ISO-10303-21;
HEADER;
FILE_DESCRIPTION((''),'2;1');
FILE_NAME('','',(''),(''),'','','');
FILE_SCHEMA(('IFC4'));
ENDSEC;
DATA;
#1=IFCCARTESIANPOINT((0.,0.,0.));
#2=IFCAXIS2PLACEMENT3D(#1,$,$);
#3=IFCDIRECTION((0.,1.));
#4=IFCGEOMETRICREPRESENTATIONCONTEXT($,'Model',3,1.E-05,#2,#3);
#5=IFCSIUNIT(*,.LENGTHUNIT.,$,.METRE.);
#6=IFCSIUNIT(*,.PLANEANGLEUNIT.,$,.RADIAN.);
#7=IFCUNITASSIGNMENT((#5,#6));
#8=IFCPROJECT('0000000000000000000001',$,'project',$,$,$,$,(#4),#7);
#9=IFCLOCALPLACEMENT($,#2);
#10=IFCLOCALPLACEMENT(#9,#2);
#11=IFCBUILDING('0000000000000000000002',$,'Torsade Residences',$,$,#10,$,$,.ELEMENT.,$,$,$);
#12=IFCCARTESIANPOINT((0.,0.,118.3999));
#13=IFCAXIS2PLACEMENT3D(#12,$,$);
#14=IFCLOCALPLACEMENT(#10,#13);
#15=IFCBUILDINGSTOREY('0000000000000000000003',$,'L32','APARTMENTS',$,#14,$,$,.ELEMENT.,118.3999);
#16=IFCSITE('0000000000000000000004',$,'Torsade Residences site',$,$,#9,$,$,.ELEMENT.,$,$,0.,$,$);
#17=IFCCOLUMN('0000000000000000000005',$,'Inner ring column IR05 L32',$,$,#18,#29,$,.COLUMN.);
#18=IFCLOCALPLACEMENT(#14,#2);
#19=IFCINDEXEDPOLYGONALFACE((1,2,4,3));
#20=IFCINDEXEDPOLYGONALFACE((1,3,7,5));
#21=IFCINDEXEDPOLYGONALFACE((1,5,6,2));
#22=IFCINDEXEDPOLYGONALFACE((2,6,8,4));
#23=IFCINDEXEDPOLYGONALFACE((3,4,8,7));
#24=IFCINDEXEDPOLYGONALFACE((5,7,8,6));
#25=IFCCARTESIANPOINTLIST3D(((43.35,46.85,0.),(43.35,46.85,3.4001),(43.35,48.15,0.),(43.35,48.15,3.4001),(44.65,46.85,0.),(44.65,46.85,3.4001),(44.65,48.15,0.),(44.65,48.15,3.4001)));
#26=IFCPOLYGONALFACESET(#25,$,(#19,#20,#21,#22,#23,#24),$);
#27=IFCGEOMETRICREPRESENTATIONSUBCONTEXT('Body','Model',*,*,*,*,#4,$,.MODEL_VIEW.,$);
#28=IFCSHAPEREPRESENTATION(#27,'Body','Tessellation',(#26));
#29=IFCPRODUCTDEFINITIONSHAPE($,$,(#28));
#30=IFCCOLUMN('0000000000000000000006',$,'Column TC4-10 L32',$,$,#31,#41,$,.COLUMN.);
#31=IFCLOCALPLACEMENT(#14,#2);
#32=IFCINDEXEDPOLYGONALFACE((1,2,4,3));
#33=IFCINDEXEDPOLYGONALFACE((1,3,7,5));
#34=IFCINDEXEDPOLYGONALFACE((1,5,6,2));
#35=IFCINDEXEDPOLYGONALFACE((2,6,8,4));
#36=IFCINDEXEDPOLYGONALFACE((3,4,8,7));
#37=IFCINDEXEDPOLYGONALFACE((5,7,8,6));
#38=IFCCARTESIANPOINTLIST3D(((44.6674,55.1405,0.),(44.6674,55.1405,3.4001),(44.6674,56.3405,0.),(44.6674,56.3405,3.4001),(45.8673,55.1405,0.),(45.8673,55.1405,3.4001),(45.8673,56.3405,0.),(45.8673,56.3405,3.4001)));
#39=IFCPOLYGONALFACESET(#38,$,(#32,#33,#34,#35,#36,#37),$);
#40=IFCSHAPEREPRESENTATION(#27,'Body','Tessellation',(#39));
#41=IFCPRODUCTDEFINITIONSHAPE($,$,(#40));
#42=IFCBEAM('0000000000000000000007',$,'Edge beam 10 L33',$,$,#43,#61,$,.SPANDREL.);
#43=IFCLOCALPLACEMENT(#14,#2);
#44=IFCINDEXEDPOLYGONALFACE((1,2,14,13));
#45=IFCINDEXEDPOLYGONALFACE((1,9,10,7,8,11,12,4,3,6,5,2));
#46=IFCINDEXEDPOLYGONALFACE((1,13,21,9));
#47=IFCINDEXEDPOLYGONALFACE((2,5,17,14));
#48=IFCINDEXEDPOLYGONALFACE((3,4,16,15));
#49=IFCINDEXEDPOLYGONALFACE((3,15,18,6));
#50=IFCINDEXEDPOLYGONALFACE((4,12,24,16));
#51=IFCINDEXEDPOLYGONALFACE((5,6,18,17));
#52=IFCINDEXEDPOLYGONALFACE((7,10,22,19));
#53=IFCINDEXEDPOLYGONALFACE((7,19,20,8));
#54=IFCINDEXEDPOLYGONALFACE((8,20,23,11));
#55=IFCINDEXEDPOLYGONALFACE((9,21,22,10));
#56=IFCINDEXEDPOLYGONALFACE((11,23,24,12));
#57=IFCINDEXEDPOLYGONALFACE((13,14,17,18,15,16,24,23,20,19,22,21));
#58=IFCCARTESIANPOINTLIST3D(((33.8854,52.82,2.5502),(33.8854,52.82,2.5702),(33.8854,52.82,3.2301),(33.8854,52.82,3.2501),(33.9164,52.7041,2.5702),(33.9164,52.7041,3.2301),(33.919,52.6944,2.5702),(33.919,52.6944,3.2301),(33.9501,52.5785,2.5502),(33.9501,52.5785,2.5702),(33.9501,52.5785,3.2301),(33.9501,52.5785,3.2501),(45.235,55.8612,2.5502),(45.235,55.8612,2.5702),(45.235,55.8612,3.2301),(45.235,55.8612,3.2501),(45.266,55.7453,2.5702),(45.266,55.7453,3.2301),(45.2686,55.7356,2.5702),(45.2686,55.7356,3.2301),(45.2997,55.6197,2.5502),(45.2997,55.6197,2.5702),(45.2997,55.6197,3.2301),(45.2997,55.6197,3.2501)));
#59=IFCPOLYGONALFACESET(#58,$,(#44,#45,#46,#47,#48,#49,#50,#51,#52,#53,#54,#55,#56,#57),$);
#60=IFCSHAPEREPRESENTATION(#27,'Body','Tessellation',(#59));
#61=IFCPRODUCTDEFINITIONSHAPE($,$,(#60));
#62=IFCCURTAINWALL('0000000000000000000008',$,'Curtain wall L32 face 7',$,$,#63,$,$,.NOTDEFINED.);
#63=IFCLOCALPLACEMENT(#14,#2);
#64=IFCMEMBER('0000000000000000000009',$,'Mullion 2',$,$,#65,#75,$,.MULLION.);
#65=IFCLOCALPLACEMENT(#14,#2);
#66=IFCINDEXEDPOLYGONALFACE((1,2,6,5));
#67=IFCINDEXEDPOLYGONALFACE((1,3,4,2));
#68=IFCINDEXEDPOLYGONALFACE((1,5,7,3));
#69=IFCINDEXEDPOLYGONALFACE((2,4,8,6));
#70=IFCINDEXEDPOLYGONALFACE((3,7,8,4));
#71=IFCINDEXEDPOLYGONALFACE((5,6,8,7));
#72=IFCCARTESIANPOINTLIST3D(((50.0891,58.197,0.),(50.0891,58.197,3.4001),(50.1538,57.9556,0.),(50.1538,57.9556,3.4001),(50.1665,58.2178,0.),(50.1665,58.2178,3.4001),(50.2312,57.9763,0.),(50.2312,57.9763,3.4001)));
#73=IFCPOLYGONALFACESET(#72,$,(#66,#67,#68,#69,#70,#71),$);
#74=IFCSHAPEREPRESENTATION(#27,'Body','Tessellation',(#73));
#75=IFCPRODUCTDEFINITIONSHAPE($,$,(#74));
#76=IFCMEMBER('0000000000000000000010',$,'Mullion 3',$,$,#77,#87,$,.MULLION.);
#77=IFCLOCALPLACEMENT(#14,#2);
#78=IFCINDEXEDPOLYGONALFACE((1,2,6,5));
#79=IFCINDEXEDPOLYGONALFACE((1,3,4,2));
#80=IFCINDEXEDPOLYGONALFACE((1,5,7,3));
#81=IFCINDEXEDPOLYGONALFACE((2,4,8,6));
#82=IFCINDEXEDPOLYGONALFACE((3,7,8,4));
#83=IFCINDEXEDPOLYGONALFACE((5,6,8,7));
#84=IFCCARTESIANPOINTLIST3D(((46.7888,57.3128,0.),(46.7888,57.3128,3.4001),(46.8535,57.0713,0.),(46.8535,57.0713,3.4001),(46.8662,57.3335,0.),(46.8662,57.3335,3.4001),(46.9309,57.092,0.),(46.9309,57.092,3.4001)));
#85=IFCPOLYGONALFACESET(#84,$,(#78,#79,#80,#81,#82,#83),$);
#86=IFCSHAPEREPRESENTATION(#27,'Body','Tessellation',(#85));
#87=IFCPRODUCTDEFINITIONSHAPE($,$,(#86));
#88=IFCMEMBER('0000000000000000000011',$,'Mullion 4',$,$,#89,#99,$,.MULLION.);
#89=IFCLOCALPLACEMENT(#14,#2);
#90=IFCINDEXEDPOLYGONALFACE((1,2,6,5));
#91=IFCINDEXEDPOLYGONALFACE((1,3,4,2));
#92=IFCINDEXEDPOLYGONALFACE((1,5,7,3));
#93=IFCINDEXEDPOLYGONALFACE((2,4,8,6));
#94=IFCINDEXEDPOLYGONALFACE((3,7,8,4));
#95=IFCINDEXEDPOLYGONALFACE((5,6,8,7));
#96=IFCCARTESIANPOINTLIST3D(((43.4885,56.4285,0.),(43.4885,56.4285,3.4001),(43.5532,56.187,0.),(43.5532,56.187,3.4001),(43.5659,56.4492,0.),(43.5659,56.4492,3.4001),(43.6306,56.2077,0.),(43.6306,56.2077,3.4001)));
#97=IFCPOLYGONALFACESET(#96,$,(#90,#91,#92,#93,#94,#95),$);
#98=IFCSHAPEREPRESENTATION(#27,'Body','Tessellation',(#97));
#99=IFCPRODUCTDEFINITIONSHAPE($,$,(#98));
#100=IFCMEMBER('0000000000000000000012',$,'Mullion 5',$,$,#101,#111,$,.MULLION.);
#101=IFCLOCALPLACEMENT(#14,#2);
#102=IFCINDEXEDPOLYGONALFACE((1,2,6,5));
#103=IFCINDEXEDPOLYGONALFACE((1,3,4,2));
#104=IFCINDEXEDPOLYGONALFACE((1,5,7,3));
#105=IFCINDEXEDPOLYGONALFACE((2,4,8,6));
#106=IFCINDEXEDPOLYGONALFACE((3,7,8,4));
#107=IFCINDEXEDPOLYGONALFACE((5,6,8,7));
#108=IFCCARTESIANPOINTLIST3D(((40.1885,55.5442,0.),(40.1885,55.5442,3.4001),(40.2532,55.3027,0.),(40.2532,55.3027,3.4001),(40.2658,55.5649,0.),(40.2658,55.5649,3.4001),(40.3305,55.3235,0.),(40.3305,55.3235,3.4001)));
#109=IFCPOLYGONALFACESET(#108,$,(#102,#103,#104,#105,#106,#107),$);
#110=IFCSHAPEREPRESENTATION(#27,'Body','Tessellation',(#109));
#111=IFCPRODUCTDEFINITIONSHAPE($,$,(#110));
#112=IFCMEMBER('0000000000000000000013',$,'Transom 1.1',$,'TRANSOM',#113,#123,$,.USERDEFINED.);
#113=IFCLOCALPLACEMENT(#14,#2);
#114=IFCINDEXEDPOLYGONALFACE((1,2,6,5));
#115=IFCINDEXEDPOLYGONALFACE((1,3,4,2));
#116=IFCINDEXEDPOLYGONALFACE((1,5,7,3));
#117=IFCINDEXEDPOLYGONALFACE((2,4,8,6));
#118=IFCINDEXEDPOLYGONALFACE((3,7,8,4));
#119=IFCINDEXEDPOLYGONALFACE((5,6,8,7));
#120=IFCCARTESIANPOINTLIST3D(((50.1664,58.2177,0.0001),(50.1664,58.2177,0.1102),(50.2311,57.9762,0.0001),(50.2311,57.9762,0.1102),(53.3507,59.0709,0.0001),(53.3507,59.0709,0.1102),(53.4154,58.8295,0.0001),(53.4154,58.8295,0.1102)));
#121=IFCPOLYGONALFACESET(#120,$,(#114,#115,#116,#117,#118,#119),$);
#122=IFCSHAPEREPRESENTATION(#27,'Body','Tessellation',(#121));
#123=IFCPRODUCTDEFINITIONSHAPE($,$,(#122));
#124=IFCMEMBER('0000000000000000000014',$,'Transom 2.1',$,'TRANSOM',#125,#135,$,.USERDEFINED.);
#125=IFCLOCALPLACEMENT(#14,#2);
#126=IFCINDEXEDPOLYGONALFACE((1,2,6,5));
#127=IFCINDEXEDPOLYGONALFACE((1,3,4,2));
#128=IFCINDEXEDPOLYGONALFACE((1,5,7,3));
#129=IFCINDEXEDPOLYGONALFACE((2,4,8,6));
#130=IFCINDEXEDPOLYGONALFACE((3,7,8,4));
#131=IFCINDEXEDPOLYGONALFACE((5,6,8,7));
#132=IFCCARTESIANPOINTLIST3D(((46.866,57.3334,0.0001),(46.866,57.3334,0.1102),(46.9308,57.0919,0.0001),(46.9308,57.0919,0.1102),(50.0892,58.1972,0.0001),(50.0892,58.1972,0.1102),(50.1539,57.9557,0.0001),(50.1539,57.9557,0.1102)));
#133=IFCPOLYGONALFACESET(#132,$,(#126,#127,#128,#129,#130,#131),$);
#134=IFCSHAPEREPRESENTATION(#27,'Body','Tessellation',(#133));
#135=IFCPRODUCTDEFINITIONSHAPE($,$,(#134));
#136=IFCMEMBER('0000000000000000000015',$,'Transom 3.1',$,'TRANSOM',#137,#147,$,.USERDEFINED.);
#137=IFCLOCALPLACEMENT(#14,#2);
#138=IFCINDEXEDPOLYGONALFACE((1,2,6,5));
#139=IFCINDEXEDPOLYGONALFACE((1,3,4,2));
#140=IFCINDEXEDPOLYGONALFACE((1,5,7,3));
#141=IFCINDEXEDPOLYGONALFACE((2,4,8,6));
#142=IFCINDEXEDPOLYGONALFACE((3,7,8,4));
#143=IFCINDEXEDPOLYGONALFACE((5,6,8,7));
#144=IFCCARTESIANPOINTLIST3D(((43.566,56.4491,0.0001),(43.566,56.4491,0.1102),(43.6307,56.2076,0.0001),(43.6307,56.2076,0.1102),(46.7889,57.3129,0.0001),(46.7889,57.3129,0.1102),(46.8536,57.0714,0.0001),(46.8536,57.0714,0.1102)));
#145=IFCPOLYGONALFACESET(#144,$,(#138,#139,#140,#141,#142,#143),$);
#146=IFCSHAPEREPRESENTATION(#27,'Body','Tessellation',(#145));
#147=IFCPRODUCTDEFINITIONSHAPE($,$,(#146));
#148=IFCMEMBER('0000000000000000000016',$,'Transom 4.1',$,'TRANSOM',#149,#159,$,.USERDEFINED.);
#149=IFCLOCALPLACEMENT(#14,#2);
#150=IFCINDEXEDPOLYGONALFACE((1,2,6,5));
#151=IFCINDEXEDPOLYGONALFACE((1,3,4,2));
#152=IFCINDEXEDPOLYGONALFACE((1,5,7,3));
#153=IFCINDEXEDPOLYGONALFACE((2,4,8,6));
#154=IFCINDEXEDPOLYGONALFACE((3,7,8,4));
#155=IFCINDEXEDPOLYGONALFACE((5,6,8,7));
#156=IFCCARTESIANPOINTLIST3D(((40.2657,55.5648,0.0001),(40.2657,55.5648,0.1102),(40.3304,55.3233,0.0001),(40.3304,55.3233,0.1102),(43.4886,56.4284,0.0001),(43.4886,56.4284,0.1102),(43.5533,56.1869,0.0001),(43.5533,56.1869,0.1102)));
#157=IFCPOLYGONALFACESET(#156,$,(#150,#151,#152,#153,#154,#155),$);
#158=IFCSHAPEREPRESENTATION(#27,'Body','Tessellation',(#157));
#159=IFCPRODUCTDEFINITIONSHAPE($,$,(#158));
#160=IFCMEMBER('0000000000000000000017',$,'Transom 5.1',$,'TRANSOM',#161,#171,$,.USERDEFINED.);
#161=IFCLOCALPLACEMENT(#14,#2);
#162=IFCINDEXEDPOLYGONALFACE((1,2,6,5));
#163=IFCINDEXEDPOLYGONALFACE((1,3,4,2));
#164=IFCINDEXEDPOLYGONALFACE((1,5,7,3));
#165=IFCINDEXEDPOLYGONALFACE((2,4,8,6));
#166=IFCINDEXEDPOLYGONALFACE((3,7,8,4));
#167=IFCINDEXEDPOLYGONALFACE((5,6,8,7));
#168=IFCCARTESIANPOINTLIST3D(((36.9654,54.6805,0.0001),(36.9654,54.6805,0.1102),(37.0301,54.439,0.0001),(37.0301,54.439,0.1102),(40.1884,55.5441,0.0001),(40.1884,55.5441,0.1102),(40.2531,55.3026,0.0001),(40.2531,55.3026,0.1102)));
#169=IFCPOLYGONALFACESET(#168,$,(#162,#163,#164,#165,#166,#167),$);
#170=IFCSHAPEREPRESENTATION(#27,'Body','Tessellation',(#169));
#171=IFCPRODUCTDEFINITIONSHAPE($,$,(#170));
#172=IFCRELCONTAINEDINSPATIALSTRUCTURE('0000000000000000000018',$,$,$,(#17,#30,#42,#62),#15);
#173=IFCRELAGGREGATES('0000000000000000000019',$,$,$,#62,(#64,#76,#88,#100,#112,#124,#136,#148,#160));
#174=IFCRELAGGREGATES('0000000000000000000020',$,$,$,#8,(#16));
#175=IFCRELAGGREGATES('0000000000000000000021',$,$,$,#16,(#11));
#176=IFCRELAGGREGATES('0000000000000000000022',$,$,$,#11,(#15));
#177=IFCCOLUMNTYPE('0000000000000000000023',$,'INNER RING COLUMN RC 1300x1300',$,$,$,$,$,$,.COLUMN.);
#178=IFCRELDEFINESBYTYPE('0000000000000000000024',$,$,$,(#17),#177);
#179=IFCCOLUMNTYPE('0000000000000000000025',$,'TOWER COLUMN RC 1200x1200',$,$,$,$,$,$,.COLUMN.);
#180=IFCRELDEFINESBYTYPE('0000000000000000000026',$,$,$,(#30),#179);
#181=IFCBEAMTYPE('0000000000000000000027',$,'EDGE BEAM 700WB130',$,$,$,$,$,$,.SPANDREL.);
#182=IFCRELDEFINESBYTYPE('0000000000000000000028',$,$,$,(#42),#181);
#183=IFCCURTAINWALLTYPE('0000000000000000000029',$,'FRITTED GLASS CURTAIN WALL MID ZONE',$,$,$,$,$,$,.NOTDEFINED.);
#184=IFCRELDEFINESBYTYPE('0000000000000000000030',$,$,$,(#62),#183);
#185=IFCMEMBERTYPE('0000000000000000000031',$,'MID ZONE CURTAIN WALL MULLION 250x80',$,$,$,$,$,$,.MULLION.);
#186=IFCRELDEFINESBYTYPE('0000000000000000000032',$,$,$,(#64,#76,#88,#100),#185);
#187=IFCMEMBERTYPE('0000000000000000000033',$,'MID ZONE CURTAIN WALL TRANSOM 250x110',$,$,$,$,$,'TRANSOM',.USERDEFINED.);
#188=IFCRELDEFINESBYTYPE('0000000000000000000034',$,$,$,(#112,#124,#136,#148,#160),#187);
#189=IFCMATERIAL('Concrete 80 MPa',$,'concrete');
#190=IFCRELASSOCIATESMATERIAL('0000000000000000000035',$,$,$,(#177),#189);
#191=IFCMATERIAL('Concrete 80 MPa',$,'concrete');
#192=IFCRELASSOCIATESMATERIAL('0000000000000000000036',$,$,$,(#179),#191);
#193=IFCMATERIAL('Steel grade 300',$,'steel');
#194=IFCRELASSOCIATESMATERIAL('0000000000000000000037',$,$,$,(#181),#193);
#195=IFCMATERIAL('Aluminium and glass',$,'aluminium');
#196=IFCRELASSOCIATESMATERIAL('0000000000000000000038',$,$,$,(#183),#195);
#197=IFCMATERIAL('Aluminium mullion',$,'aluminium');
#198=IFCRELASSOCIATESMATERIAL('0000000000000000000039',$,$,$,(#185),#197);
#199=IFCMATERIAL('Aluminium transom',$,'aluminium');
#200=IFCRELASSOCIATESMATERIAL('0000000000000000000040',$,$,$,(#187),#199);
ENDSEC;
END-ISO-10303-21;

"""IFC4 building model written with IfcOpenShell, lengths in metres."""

from ifc_helpers import new_model, si_unit, direction, frame, origin, origin_2d, place, context, subcontext, project, spatial, rectangle, i_section, extrude, material, material_profile, profile_set, type_object, element, aggregate, save


model = new_model("IFC4")

# Units and contexts
model_context = context("Model", 3, precision=1e-05, world=origin(), true_north=direction((0.0, 1.0)))
body_context = subcontext(model_context, "Body", "Model", "MODEL_VIEW")
ifc_project = project(units=[si_unit("LENGTHUNIT", "METRE"), si_unit("PLANEANGLEUNIT", "RADIAN")], contexts=[model_context])

# Site, building, storey
site_placement = place(None, origin())
site = spatial("IfcSite", under=ifc_project, at=site_placement, Name="Torsade Residences site", CompositionType="ELEMENT", RefElevation=0.0)
building_placement = place(site_placement, origin())
building = spatial("IfcBuilding", under=site, at=building_placement, Name="Torsade Residences", CompositionType="ELEMENT")
storey_placement = place(building_placement, frame((0.0, 0.0, 118.3999)))
storey = spatial("IfcBuildingStorey", under=building, at=storey_placement, Name="L32", Description="APARTMENTS", CompositionType="ELEMENT", Elevation=118.3999)

# Columns
ifc_material_1 = material(Name="Concrete 80 MPa", Category="concrete")
ifc_material_profile_1 = material_profile(ifc_material_1, rectangle(XDim=1.3, YDim=1.3, at=origin_2d()), Name="RC 1300x1300")
ifc_profile_set_1 = profile_set([ifc_material_profile_1], Name="Concrete 80 MPa")
column_type_1 = type_object("IfcColumnType", Name="INNER RING COLUMN RC 1300x1300", PredefinedType="COLUMN", material=ifc_profile_set_1)
column_1_placement = place(storey_placement, frame((44.0, 47.5, 0.0), z_axis=(0.0, 0.0, 1.0), x_axis=(1.0, 0.0, 0.0)))
element("IfcColumn", 1, at=column_1_placement, inside=storey, type_object=column_type_1, Name="Inner ring column IR05 L32", PredefinedType="COLUMN", context=body_context, shape_type="SweptSolid", body=[
    extrude(rectangle(XDim=1.3, YDim=1.3, at=origin_2d()), origin(), (0.0, 0.0, 1.0), 3.4001),
])
ifc_material_2 = material(Name="Concrete 80 MPa", Category="concrete")
ifc_material_profile_2 = material_profile(ifc_material_2, rectangle(XDim=1.2, YDim=1.2, at=origin_2d()), Name="RC 1200x1200")
ifc_profile_set_2 = profile_set([ifc_material_profile_2], Name="Concrete 80 MPa")
column_type_2 = type_object("IfcColumnType", Name="TOWER COLUMN RC 1200x1200", PredefinedType="COLUMN", material=ifc_profile_set_2)
column_2_placement = place(storey_placement, frame((45.2673, 55.7405, 0.0), z_axis=(0.0, 0.0, 1.0), x_axis=(1.0, 0.0, 0.0)))
element("IfcColumn", 2, at=column_2_placement, inside=storey, type_object=column_type_2, Name="Column TC4-10 L32", PredefinedType="COLUMN", context=body_context, shape_type="SweptSolid", body=[
    extrude(rectangle(XDim=1.2, YDim=1.2, at=origin_2d()), origin(), (0.0, 0.0, 1.0), 3.4001),
])

# Beam
ifc_material_3 = material(Name="Steel grade 300", Category="steel")
ifc_material_profile_3 = material_profile(ifc_material_3, i_section(OverallWidth=0.25, OverallDepth=0.7, WebThickness=0.01, FlangeThickness=0.02, at=origin_2d()), Name="700WB130")
ifc_profile_set_3 = profile_set([ifc_material_profile_3], Name="Steel grade 300")
beam_type_1 = type_object("IfcBeamType", Name="EDGE BEAM 700WB130", PredefinedType="SPANDREL", material=ifc_profile_set_3)
beam_1_placement = place(storey_placement, frame((45.2673, 55.7405, 2.9001), z_axis=(-0.965923, -0.25883, 0.0), x_axis=(0.25883, -0.965923, 0.0)))
element("IfcBeam", 3, at=beam_1_placement, inside=storey, type_object=beam_type_1, Name="Edge beam 10 L33", PredefinedType="SPANDREL", context=body_context, shape_type="SweptSolid", body=[
    extrude(i_section(OverallWidth=0.25, OverallDepth=0.7, WebThickness=0.01, FlangeThickness=0.02, at=origin_2d()), origin(), (0.0, 0.0, 1.0), 11.75),
])

# Curtain wall, members
ifc_material_4 = material(Name="Aluminium and glass", Category="aluminium")
curtain_wall_type = type_object("IfcCurtainWallType", Name="FRITTED GLASS CURTAIN WALL MID ZONE", PredefinedType="NOTDEFINED", material=ifc_material_4)
curtain_wall_placement = place(storey_placement, origin())
curtain_wall = element("IfcCurtainWall", 4, at=curtain_wall_placement, inside=storey, type_object=curtain_wall_type, Name="Curtain wall L32 face 7", PredefinedType="NOTDEFINED")
ifc_material_5 = material(Name="Aluminium mullion", Category="aluminium")
ifc_material_profile_4 = material_profile(ifc_material_5, rectangle(XDim=0.25, YDim=0.0801, at=origin_2d()), Name="MID ZONE CURTAIN WALL MULLION 250x80")
ifc_profile_set_4 = profile_set([ifc_material_profile_4], Name="Aluminium mullion")
member_type_1 = type_object("IfcMemberType", Name="MID ZONE CURTAIN WALL MULLION 250x80", PredefinedType="MULLION", material=ifc_profile_set_4)
member_1_placement = place(storey_placement, frame((50.1602, 58.0867, 0.0), z_axis=(0.0, 0.0, 1.0), x_axis=(0.258819, -0.965926, 0.0)))
member_1 = element("IfcMember", 5, at=member_1_placement, type_object=member_type_1, Name="Mullion 2", PredefinedType="MULLION", context=body_context, shape_type="SweptSolid", body=[
    extrude(rectangle(XDim=0.25, YDim=0.0801, at=origin_2d()), origin(), (0.0, 0.0, 1.0), 3.4001),
])
member_2_placement = place(storey_placement, frame((46.8599, 57.2024, 0.0), z_axis=(0.0, 0.0, 1.0), x_axis=(0.258819, -0.965926, 0.0)))
member_2 = element("IfcMember", 6, at=member_2_placement, type_object=member_type_1, Name="Mullion 3", PredefinedType="MULLION", context=body_context, shape_type="SweptSolid", body=[
    extrude(rectangle(XDim=0.25, YDim=0.0801, at=origin_2d()), origin(), (0.0, 0.0, 1.0), 3.4001),
])
member_3_placement = place(storey_placement, frame((43.5596, 56.3181, 0.0), z_axis=(0.0, 0.0, 1.0), x_axis=(0.258819, -0.965926, 0.0)))
member_3 = element("IfcMember", 7, at=member_3_placement, type_object=member_type_1, Name="Mullion 4", PredefinedType="MULLION", context=body_context, shape_type="SweptSolid", body=[
    extrude(rectangle(XDim=0.25, YDim=0.0801, at=origin_2d()), origin(), (0.0, 0.0, 1.0), 3.4001),
])
member_4_placement = place(storey_placement, frame((40.2595, 55.4338, 0.0), z_axis=(0.0, 0.0, 1.0), x_axis=(0.258819, -0.965926, 0.0)))
member_4 = element("IfcMember", 8, at=member_4_placement, type_object=member_type_1, Name="Mullion 5", PredefinedType="MULLION", context=body_context, shape_type="SweptSolid", body=[
    extrude(rectangle(XDim=0.25, YDim=0.0801, at=origin_2d()), origin(), (0.0, 0.0, 1.0), 3.4001),
])
ifc_material_6 = material(Name="Aluminium transom", Category="aluminium")
ifc_material_profile_5 = material_profile(ifc_material_6, rectangle(XDim=0.25, YDim=0.1101, at=origin_2d()), Name="MID ZONE CURTAIN WALL TRANSOM 250x110")
ifc_profile_set_5 = profile_set([ifc_material_profile_5], Name="Aluminium transom")
member_type_2 = type_object("IfcMemberType", Name="MID ZONE CURTAIN WALL TRANSOM 250x110", ElementType="TRANSOM", PredefinedType="USERDEFINED", material=ifc_profile_set_5)
member_5_placement = place(storey_placement, frame((53.3831, 58.9502, 0.0552), z_axis=(-0.965923, -0.258829, 0.0), x_axis=(0.258829, -0.965923, 0.0)))
member_5 = element("IfcMember", 9, at=member_5_placement, type_object=member_type_2, Name="Transom 1.1", ObjectType="TRANSOM", PredefinedType="USERDEFINED", context=body_context, shape_type="SweptSolid", body=[
    extrude(rectangle(XDim=0.25, YDim=0.1101, at=origin_2d()), origin(), (0.0, 0.0, 1.0), 3.2966),
])
member_6_placement = place(storey_placement, frame((50.1216, 58.0764, 0.0552), z_axis=(-0.965916, -0.258856, 0.0), x_axis=(0.258856, -0.965916, 0.0)))
member_6 = element("IfcMember", 10, at=member_6_placement, type_object=member_type_2, Name="Transom 2.1", ObjectType="TRANSOM", PredefinedType="USERDEFINED", context=body_context, shape_type="SweptSolid", body=[
    extrude(rectangle(XDim=0.25, YDim=0.1101, at=origin_2d()), origin(), (0.0, 0.0, 1.0), 3.3369),
])
member_7_placement = place(storey_placement, frame((46.8213, 57.1921, 0.0552), z_axis=(-0.965911, -0.258874, 0.0), x_axis=(0.258874, -0.965911, 0.0)))
member_7 = element("IfcMember", 11, at=member_7_placement, type_object=member_type_2, Name="Transom 3.1", ObjectType="TRANSOM", PredefinedType="USERDEFINED", context=body_context, shape_type="SweptSolid", body=[
    extrude(rectangle(XDim=0.25, YDim=0.1101, at=origin_2d()), origin(), (0.0, 0.0, 1.0), 3.3367),
])
member_8_placement = place(storey_placement, frame((43.521, 56.3076, 0.0552), z_axis=(-0.965929, -0.258806, 0.0), x_axis=(0.258806, -0.965929, 0.0)))
member_8 = element("IfcMember", 12, at=member_8_placement, type_object=member_type_2, Name="Transom 4.1", ObjectType="TRANSOM", PredefinedType="USERDEFINED", context=body_context, shape_type="SweptSolid", body=[
    extrude(rectangle(XDim=0.25, YDim=0.1101, at=origin_2d()), origin(), (0.0, 0.0, 1.0), 3.3367),
])
member_9_placement = place(storey_placement, frame((40.2207, 55.4233, 0.0552), z_axis=(-0.965929, -0.258806, 0.0), x_axis=(0.258806, -0.965929, 0.0)))
member_9 = element("IfcMember", 13, at=member_9_placement, type_object=member_type_2, Name="Transom 5.1", ObjectType="TRANSOM", PredefinedType="USERDEFINED", context=body_context, shape_type="SweptSolid", body=[
    extrude(rectangle(XDim=0.25, YDim=0.1101, at=origin_2d()), origin(), (0.0, 0.0, 1.0), 3.3367),
])

aggregate(curtain_wall, [member_1, member_2, member_3, member_4, member_5, member_6, member_7, member_8, member_9])

save(model, "model.ifc")
